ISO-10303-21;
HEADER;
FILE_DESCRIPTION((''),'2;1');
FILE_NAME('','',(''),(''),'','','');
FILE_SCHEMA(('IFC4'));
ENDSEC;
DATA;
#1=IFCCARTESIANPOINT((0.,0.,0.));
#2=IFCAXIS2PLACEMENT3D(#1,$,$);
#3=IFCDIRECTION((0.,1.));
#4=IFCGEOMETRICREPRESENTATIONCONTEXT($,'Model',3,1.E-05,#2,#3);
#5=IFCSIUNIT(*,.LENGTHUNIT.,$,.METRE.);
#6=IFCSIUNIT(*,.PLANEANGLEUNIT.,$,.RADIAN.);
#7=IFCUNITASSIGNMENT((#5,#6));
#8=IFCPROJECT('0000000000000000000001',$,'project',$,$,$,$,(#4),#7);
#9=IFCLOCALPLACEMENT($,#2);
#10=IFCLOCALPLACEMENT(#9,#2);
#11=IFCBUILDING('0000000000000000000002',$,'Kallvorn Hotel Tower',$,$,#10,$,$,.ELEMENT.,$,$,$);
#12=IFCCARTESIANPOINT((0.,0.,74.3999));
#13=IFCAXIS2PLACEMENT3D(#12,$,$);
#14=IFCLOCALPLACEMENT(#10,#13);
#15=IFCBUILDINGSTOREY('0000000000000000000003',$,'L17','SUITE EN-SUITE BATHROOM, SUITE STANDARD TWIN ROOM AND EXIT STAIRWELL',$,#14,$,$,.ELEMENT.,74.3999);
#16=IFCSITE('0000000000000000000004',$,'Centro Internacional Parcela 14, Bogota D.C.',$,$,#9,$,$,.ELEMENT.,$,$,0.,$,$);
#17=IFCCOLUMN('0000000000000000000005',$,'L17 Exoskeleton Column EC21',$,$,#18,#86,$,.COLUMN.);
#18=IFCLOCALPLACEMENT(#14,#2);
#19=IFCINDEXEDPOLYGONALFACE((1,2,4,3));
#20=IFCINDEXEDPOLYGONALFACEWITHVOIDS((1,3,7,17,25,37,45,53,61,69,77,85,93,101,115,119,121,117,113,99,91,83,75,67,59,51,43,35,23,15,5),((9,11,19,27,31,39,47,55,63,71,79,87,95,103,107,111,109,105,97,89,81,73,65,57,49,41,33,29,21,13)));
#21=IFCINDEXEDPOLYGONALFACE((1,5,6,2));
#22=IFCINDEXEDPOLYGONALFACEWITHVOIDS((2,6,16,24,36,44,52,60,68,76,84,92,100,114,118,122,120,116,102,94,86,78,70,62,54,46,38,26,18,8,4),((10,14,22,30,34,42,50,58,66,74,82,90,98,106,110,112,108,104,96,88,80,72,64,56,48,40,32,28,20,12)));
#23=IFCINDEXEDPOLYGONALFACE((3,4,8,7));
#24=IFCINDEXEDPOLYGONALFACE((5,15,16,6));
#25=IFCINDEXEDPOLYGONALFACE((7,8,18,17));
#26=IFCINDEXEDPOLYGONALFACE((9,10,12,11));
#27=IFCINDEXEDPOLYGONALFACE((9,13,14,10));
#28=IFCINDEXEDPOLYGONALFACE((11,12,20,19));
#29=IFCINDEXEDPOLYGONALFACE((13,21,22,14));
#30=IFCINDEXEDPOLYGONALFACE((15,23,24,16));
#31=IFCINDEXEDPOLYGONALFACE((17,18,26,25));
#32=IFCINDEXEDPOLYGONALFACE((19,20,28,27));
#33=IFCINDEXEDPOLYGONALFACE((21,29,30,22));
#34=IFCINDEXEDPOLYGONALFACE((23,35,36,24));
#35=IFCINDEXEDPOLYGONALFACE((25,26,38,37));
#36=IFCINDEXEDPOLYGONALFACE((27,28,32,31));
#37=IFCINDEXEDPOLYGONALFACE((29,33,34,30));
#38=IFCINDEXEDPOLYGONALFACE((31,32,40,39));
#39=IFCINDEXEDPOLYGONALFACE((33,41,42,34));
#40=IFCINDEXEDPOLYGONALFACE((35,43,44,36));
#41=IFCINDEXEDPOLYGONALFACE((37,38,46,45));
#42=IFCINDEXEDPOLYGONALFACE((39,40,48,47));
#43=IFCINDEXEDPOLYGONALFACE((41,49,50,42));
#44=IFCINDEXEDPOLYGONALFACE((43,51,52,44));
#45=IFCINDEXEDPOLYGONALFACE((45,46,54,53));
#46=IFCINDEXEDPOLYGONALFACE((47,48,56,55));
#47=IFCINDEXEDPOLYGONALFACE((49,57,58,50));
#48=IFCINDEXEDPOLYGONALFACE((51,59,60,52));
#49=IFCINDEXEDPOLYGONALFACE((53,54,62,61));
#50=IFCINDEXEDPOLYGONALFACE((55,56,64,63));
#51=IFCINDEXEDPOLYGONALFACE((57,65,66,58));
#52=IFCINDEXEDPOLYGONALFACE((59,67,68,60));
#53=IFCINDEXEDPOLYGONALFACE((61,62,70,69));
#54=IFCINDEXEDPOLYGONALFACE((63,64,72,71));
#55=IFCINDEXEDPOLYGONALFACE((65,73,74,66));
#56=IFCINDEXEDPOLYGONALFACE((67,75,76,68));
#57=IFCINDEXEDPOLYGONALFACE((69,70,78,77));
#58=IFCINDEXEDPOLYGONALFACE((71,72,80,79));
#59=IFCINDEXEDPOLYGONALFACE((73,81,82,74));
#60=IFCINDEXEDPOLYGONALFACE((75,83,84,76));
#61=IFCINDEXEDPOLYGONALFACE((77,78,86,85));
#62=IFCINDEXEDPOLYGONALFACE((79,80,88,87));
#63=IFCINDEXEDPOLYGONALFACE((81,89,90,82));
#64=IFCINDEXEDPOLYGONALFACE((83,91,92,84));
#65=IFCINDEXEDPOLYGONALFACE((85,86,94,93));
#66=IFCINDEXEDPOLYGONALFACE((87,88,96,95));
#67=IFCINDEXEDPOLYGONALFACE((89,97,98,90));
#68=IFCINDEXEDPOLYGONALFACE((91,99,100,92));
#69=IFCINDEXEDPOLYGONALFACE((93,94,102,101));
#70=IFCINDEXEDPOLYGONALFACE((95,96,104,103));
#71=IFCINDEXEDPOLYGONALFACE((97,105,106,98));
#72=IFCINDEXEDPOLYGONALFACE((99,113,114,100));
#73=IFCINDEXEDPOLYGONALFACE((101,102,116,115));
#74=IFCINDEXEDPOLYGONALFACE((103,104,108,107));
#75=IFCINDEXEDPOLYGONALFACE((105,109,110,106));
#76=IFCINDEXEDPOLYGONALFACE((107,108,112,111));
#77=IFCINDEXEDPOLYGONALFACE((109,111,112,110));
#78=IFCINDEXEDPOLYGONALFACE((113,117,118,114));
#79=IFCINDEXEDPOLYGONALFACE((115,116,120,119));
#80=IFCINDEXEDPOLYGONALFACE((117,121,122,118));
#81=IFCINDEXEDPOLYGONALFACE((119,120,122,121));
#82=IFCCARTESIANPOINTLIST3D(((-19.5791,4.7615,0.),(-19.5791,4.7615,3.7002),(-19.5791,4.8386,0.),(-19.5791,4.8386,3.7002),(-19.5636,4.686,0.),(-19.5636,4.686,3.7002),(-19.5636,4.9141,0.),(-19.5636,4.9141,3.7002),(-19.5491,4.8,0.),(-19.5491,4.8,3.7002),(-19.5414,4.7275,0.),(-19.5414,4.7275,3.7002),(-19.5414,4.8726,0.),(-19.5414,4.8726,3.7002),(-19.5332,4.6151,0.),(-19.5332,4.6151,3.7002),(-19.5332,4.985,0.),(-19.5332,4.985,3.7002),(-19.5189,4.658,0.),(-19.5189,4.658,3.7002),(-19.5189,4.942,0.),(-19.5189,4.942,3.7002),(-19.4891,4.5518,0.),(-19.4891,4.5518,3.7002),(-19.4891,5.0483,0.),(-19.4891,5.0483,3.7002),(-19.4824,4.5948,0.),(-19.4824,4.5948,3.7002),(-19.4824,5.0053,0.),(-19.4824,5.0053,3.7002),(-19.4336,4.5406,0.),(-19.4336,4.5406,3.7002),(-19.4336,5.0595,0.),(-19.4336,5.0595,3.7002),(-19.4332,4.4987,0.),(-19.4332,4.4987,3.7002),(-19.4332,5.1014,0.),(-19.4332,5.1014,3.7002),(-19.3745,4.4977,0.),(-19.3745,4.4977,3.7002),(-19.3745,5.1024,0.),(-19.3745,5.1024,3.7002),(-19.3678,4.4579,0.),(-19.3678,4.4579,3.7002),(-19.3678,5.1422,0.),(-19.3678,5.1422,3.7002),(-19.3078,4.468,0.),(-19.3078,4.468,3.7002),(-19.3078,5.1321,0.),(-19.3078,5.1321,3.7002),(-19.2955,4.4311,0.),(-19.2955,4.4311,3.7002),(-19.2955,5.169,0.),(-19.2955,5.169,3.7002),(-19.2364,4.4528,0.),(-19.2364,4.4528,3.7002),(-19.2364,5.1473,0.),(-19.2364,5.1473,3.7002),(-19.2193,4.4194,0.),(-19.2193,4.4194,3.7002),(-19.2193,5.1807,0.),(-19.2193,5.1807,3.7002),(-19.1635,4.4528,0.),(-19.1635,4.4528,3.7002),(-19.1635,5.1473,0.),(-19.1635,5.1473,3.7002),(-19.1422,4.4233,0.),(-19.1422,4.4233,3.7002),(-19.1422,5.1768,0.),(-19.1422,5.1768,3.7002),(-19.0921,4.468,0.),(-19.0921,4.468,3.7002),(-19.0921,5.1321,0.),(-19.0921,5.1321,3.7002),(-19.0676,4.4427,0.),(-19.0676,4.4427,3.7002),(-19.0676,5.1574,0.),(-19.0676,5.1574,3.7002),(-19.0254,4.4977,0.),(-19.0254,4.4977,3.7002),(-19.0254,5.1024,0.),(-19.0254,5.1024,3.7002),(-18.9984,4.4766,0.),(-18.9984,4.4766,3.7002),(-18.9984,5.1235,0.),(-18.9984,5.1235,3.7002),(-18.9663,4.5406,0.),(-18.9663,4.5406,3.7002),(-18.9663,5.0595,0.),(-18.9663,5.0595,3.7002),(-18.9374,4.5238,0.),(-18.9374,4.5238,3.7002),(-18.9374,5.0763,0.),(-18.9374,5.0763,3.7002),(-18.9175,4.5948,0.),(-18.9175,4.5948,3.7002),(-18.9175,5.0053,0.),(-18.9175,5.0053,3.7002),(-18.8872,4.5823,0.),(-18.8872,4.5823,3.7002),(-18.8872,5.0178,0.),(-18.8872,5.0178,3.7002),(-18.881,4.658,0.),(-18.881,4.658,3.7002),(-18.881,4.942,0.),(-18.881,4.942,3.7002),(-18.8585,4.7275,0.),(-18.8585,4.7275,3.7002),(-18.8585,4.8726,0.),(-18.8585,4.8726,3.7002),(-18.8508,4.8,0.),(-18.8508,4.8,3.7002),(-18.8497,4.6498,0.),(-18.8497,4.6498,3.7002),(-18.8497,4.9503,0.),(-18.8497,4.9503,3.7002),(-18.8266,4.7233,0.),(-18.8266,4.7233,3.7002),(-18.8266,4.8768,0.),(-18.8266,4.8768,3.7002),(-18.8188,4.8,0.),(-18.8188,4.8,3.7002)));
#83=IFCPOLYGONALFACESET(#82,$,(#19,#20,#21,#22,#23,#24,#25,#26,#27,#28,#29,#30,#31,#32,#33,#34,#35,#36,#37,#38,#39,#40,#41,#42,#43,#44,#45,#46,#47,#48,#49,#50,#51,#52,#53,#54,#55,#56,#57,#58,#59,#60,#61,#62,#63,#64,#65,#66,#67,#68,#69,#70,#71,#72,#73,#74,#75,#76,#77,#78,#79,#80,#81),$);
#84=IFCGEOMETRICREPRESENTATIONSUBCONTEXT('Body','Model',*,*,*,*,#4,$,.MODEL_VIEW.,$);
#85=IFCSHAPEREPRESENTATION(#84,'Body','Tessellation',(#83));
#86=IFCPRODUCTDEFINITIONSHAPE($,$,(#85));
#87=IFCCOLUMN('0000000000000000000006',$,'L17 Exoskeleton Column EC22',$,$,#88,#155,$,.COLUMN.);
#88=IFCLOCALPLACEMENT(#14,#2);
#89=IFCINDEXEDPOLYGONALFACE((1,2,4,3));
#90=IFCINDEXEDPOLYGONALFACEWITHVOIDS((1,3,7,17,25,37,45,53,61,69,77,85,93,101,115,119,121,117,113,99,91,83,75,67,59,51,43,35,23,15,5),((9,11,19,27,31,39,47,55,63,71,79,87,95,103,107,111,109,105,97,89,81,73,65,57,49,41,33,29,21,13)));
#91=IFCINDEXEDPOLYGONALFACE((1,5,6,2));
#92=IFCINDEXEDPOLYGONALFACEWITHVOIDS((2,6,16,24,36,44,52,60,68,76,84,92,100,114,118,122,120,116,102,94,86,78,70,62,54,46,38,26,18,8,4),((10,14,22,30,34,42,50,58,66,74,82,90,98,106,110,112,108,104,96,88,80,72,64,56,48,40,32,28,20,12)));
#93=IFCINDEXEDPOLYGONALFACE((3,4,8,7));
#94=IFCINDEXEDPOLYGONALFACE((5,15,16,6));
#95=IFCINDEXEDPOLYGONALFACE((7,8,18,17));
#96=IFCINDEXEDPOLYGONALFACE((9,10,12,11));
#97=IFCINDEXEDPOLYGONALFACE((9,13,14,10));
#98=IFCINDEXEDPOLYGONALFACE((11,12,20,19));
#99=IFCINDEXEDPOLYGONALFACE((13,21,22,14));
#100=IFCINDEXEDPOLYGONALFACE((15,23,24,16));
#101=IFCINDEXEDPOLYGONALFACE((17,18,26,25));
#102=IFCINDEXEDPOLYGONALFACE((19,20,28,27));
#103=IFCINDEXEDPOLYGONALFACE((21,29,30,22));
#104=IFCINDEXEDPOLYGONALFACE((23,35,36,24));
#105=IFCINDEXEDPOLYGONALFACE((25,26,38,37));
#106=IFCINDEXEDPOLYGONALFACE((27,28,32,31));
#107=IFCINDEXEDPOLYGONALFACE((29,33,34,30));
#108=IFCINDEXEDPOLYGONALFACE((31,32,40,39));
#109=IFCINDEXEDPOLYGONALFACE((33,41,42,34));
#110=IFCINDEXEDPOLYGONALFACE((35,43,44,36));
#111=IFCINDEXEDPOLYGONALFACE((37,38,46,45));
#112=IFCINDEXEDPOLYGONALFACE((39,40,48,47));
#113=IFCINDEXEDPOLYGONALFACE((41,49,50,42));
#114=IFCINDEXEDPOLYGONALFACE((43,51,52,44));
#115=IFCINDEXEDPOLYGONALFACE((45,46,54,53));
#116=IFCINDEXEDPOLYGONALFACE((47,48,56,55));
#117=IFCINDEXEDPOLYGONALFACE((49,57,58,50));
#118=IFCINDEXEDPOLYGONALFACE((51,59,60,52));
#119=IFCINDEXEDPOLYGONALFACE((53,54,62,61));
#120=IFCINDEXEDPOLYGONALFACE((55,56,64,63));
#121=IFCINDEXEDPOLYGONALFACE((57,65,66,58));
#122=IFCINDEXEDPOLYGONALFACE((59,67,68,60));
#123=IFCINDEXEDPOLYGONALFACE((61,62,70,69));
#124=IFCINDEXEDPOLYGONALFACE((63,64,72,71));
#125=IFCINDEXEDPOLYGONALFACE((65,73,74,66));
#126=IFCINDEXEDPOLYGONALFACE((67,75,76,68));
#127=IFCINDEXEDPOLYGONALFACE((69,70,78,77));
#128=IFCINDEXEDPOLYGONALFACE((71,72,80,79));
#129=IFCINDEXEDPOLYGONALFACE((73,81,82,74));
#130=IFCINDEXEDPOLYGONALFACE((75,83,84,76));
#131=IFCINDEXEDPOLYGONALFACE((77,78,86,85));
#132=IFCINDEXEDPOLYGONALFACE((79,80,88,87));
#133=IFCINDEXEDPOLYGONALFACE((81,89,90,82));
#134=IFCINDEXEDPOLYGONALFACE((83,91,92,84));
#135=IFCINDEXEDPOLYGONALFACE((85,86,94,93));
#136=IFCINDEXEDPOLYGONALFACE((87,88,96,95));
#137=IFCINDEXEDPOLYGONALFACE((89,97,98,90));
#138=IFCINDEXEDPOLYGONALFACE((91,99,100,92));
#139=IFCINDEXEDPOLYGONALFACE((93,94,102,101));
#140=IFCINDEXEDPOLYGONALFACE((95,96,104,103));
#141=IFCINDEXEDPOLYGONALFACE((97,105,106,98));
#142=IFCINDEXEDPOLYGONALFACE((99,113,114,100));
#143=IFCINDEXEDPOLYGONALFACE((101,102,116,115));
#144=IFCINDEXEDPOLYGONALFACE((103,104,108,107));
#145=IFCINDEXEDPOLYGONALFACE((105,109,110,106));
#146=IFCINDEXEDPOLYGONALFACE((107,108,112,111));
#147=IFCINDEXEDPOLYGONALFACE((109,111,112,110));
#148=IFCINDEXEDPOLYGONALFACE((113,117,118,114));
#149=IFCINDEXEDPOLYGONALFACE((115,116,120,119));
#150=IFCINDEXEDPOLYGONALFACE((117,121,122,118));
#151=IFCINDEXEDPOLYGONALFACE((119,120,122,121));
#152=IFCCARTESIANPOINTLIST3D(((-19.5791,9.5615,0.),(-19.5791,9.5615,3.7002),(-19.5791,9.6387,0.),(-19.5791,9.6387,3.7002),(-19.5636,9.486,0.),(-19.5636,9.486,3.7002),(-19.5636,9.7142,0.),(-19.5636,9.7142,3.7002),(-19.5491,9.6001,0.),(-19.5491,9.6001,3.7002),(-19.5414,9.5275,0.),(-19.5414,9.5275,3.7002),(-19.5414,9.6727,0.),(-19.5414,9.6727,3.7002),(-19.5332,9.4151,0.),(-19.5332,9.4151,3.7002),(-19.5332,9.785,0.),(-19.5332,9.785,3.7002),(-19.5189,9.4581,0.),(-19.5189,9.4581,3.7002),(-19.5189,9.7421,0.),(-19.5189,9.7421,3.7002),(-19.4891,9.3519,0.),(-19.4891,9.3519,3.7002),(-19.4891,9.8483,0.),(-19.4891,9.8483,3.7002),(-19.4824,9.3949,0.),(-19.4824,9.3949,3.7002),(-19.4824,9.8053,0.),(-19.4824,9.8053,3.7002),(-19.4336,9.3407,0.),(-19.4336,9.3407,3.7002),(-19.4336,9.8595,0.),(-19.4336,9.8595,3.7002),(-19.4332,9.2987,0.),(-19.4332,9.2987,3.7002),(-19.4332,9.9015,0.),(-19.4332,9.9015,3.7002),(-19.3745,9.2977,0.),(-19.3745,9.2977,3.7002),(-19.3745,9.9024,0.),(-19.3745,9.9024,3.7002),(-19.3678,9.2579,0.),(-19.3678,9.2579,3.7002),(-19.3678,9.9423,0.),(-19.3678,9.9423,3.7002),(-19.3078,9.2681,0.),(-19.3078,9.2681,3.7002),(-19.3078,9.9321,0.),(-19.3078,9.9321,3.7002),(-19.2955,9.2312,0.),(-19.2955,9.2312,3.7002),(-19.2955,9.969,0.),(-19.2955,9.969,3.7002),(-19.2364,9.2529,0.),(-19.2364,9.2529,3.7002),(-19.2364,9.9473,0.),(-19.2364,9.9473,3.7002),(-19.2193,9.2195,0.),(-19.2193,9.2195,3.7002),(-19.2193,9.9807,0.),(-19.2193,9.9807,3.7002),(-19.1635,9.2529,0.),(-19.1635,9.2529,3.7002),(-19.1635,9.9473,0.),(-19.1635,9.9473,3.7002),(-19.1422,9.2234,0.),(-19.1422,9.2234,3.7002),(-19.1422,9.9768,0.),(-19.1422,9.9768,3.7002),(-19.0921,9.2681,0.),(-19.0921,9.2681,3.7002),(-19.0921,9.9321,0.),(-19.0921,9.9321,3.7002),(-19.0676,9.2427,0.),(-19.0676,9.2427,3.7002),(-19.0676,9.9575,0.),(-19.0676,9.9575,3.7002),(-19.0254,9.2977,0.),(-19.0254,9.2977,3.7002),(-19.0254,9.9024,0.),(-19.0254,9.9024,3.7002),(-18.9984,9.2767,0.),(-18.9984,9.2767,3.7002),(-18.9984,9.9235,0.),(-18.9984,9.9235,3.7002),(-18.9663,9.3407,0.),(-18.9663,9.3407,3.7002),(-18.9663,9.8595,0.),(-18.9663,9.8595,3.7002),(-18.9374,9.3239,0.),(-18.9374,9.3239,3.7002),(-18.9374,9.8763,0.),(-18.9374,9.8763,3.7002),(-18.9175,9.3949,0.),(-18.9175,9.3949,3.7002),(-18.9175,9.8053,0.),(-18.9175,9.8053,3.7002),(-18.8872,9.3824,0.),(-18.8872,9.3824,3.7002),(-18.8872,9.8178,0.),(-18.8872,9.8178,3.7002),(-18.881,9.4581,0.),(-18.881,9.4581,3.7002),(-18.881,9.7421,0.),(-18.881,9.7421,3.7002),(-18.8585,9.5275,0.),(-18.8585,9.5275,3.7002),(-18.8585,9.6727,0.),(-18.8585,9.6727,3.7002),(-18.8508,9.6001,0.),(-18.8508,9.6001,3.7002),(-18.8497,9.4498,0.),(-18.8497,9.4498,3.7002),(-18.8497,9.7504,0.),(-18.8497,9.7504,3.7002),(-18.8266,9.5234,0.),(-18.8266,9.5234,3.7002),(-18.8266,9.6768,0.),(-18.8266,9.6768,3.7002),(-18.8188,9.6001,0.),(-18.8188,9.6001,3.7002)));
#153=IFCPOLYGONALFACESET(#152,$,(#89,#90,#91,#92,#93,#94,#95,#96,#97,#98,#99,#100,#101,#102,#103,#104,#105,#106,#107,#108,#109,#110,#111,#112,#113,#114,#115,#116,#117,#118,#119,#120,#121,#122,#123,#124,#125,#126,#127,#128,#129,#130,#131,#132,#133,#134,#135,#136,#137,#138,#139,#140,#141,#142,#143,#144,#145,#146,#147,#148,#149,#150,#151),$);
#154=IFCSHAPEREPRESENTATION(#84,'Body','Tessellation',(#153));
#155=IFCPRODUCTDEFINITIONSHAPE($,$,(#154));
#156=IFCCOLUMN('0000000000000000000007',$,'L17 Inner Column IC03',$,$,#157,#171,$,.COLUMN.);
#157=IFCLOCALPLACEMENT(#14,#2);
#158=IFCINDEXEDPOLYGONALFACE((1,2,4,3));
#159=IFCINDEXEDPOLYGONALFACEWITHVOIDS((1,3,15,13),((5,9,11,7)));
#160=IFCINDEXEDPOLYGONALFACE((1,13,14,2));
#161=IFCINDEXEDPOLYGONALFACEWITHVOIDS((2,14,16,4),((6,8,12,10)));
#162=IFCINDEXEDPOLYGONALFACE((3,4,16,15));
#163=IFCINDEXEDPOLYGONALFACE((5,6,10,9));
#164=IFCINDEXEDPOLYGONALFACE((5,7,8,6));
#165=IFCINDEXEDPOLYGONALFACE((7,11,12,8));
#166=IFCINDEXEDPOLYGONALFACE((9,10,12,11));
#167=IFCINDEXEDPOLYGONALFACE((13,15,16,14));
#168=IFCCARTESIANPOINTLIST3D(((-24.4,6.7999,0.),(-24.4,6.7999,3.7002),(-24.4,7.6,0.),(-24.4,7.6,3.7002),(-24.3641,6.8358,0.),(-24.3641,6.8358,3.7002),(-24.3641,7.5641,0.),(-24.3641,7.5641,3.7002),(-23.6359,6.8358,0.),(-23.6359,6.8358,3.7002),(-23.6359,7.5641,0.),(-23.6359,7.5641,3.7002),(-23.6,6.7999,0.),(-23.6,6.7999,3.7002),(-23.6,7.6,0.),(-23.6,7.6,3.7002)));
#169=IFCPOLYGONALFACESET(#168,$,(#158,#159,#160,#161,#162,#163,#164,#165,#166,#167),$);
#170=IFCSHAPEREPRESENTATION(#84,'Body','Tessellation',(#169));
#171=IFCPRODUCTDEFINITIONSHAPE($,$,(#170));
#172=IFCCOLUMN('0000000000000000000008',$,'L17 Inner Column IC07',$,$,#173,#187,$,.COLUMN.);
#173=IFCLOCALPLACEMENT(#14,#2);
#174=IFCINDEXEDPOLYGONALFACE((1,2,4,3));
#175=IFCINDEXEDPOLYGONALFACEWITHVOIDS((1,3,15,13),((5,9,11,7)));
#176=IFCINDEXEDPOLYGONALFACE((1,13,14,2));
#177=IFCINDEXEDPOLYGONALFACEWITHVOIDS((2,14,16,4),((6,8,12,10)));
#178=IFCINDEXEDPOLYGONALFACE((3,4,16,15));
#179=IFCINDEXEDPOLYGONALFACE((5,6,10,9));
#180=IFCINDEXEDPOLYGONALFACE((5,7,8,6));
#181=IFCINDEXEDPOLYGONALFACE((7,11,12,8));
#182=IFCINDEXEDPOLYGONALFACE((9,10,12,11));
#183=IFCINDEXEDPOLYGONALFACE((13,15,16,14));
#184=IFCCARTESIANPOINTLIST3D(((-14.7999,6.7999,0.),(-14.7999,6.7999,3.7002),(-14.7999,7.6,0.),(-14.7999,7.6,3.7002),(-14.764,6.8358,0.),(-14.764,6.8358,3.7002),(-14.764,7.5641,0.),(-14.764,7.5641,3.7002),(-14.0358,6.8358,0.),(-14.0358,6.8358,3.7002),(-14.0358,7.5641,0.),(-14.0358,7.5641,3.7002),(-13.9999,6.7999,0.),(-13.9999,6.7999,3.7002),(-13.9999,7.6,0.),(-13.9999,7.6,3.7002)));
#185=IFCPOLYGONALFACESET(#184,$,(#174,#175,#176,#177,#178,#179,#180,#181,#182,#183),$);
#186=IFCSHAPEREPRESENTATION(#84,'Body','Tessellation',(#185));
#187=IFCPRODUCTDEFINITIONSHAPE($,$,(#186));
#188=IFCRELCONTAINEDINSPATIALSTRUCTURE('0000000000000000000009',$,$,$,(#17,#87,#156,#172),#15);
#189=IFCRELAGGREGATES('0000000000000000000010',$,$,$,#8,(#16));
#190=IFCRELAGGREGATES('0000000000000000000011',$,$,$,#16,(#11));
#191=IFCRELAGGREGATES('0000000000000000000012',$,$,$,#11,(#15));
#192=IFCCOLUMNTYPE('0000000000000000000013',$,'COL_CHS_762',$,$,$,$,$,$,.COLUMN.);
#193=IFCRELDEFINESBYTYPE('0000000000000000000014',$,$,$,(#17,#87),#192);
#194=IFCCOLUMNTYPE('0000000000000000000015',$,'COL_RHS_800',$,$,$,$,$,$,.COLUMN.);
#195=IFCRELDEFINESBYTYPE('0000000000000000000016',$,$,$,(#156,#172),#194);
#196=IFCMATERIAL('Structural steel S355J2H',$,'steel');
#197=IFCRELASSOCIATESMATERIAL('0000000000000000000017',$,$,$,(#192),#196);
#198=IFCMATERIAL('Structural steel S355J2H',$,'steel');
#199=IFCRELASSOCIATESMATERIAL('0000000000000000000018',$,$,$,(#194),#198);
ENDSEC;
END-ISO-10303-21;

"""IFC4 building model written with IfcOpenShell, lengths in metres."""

from ifc_helpers import new_model, si_unit, direction, frame, origin, origin_2d, place, context, subcontext, project, spatial, hollow_rectangle, hollow_circle, extrude, material, material_profile, profile_set, type_object, element, save


model = new_model("IFC4")

# Units and contexts
model_context = context("Model", 3, precision=1e-05, world=origin(), true_north=direction((0.0, 1.0)))
body_context = subcontext(model_context, "Body", "Model", "MODEL_VIEW")
ifc_project = project(units=[si_unit("LENGTHUNIT", "METRE"), si_unit("PLANEANGLEUNIT", "RADIAN")], contexts=[model_context])

# Site, building, storey
site_placement = place(None, origin())
site = spatial("IfcSite", under=ifc_project, at=site_placement, Name="Centro Internacional Parcela 14, Bogota D.C.", CompositionType="ELEMENT", RefElevation=0.0)
building_placement = place(site_placement, origin())
building = spatial("IfcBuilding", under=site, at=building_placement, Name="Kallvorn Hotel Tower", CompositionType="ELEMENT")
storey_placement = place(building_placement, frame((0.0, 0.0, 74.3999)))
storey = spatial("IfcBuildingStorey", under=building, at=storey_placement, Name="L17", Description="SUITE EN-SUITE BATHROOM, SUITE STANDARD TWIN ROOM AND EXIT STAIRWELL", CompositionType="ELEMENT", Elevation=74.3999)

# Columns
ifc_material_1 = material(Name="Structural steel S355J2H", Category="steel")
ifc_material_profile_1 = material_profile(ifc_material_1, hollow_circle(Radius=0.3811, WallThickness=0.032, at=origin_2d()), Name="CHS 762x32")
ifc_profile_set_1 = profile_set([ifc_material_profile_1], Name="Structural steel S355J2H")
column_type_1 = type_object("IfcColumnType", Name="COL_CHS_762", PredefinedType="COLUMN", material=ifc_profile_set_1)
for number, where, z_axis, x_axis, name in (
    (1, (-19.2, 4.8, 0.0), (0.0, 0.0, 1.0), (1.0, 0.0, 0.0), "L17 Exoskeleton Column EC21"),
    (2, (-19.2, 9.6001, 0.0), (0.0, 0.0, 1.0), (1.0, 0.0, 0.0), "L17 Exoskeleton Column EC22"),
):
    element("IfcColumn", number, at=place(storey_placement, frame(where, z_axis=z_axis, x_axis=x_axis)), inside=storey, type_object=column_type_1, Name=name, PredefinedType="COLUMN", context=body_context, shape_type="SweptSolid", body=[
        extrude(hollow_circle(Radius=0.3811, WallThickness=0.032, at=origin_2d()), origin(), (0.0, 0.0, 1.0), 3.7002),
    ])
ifc_material_2 = material(Name="Structural steel S355J2H", Category="steel")
ifc_material_profile_2 = material_profile(ifc_material_2, hollow_rectangle(XDim=0.8, YDim=0.8, WallThickness=0.0359, at=origin_2d()), Name="RHS 800x800x36")
ifc_profile_set_2 = profile_set([ifc_material_profile_2], Name="Structural steel S355J2H")
column_type_2 = type_object("IfcColumnType", Name="COL_RHS_800", PredefinedType="COLUMN", material=ifc_profile_set_2)
for number, where, z_axis, x_axis, name in (
    (3, (-24.0, 7.2, 0.0), (0.0, 0.0, 1.0), (1.0, 0.0, 0.0), "L17 Inner Column IC03"),
    (4, (-14.3999, 7.2, 0.0), (0.0, 0.0, 1.0), (1.0, 0.0, 0.0), "L17 Inner Column IC07"),
):
    element("IfcColumn", number, at=place(storey_placement, frame(where, z_axis=z_axis, x_axis=x_axis)), inside=storey, type_object=column_type_2, Name=name, PredefinedType="COLUMN", context=body_context, shape_type="SweptSolid", body=[
        extrude(hollow_rectangle(XDim=0.8, YDim=0.8, WallThickness=0.0359, at=origin_2d()), origin(), (0.0, 0.0, 1.0), 3.7002),
    ])

save(model, "model.ifc")
